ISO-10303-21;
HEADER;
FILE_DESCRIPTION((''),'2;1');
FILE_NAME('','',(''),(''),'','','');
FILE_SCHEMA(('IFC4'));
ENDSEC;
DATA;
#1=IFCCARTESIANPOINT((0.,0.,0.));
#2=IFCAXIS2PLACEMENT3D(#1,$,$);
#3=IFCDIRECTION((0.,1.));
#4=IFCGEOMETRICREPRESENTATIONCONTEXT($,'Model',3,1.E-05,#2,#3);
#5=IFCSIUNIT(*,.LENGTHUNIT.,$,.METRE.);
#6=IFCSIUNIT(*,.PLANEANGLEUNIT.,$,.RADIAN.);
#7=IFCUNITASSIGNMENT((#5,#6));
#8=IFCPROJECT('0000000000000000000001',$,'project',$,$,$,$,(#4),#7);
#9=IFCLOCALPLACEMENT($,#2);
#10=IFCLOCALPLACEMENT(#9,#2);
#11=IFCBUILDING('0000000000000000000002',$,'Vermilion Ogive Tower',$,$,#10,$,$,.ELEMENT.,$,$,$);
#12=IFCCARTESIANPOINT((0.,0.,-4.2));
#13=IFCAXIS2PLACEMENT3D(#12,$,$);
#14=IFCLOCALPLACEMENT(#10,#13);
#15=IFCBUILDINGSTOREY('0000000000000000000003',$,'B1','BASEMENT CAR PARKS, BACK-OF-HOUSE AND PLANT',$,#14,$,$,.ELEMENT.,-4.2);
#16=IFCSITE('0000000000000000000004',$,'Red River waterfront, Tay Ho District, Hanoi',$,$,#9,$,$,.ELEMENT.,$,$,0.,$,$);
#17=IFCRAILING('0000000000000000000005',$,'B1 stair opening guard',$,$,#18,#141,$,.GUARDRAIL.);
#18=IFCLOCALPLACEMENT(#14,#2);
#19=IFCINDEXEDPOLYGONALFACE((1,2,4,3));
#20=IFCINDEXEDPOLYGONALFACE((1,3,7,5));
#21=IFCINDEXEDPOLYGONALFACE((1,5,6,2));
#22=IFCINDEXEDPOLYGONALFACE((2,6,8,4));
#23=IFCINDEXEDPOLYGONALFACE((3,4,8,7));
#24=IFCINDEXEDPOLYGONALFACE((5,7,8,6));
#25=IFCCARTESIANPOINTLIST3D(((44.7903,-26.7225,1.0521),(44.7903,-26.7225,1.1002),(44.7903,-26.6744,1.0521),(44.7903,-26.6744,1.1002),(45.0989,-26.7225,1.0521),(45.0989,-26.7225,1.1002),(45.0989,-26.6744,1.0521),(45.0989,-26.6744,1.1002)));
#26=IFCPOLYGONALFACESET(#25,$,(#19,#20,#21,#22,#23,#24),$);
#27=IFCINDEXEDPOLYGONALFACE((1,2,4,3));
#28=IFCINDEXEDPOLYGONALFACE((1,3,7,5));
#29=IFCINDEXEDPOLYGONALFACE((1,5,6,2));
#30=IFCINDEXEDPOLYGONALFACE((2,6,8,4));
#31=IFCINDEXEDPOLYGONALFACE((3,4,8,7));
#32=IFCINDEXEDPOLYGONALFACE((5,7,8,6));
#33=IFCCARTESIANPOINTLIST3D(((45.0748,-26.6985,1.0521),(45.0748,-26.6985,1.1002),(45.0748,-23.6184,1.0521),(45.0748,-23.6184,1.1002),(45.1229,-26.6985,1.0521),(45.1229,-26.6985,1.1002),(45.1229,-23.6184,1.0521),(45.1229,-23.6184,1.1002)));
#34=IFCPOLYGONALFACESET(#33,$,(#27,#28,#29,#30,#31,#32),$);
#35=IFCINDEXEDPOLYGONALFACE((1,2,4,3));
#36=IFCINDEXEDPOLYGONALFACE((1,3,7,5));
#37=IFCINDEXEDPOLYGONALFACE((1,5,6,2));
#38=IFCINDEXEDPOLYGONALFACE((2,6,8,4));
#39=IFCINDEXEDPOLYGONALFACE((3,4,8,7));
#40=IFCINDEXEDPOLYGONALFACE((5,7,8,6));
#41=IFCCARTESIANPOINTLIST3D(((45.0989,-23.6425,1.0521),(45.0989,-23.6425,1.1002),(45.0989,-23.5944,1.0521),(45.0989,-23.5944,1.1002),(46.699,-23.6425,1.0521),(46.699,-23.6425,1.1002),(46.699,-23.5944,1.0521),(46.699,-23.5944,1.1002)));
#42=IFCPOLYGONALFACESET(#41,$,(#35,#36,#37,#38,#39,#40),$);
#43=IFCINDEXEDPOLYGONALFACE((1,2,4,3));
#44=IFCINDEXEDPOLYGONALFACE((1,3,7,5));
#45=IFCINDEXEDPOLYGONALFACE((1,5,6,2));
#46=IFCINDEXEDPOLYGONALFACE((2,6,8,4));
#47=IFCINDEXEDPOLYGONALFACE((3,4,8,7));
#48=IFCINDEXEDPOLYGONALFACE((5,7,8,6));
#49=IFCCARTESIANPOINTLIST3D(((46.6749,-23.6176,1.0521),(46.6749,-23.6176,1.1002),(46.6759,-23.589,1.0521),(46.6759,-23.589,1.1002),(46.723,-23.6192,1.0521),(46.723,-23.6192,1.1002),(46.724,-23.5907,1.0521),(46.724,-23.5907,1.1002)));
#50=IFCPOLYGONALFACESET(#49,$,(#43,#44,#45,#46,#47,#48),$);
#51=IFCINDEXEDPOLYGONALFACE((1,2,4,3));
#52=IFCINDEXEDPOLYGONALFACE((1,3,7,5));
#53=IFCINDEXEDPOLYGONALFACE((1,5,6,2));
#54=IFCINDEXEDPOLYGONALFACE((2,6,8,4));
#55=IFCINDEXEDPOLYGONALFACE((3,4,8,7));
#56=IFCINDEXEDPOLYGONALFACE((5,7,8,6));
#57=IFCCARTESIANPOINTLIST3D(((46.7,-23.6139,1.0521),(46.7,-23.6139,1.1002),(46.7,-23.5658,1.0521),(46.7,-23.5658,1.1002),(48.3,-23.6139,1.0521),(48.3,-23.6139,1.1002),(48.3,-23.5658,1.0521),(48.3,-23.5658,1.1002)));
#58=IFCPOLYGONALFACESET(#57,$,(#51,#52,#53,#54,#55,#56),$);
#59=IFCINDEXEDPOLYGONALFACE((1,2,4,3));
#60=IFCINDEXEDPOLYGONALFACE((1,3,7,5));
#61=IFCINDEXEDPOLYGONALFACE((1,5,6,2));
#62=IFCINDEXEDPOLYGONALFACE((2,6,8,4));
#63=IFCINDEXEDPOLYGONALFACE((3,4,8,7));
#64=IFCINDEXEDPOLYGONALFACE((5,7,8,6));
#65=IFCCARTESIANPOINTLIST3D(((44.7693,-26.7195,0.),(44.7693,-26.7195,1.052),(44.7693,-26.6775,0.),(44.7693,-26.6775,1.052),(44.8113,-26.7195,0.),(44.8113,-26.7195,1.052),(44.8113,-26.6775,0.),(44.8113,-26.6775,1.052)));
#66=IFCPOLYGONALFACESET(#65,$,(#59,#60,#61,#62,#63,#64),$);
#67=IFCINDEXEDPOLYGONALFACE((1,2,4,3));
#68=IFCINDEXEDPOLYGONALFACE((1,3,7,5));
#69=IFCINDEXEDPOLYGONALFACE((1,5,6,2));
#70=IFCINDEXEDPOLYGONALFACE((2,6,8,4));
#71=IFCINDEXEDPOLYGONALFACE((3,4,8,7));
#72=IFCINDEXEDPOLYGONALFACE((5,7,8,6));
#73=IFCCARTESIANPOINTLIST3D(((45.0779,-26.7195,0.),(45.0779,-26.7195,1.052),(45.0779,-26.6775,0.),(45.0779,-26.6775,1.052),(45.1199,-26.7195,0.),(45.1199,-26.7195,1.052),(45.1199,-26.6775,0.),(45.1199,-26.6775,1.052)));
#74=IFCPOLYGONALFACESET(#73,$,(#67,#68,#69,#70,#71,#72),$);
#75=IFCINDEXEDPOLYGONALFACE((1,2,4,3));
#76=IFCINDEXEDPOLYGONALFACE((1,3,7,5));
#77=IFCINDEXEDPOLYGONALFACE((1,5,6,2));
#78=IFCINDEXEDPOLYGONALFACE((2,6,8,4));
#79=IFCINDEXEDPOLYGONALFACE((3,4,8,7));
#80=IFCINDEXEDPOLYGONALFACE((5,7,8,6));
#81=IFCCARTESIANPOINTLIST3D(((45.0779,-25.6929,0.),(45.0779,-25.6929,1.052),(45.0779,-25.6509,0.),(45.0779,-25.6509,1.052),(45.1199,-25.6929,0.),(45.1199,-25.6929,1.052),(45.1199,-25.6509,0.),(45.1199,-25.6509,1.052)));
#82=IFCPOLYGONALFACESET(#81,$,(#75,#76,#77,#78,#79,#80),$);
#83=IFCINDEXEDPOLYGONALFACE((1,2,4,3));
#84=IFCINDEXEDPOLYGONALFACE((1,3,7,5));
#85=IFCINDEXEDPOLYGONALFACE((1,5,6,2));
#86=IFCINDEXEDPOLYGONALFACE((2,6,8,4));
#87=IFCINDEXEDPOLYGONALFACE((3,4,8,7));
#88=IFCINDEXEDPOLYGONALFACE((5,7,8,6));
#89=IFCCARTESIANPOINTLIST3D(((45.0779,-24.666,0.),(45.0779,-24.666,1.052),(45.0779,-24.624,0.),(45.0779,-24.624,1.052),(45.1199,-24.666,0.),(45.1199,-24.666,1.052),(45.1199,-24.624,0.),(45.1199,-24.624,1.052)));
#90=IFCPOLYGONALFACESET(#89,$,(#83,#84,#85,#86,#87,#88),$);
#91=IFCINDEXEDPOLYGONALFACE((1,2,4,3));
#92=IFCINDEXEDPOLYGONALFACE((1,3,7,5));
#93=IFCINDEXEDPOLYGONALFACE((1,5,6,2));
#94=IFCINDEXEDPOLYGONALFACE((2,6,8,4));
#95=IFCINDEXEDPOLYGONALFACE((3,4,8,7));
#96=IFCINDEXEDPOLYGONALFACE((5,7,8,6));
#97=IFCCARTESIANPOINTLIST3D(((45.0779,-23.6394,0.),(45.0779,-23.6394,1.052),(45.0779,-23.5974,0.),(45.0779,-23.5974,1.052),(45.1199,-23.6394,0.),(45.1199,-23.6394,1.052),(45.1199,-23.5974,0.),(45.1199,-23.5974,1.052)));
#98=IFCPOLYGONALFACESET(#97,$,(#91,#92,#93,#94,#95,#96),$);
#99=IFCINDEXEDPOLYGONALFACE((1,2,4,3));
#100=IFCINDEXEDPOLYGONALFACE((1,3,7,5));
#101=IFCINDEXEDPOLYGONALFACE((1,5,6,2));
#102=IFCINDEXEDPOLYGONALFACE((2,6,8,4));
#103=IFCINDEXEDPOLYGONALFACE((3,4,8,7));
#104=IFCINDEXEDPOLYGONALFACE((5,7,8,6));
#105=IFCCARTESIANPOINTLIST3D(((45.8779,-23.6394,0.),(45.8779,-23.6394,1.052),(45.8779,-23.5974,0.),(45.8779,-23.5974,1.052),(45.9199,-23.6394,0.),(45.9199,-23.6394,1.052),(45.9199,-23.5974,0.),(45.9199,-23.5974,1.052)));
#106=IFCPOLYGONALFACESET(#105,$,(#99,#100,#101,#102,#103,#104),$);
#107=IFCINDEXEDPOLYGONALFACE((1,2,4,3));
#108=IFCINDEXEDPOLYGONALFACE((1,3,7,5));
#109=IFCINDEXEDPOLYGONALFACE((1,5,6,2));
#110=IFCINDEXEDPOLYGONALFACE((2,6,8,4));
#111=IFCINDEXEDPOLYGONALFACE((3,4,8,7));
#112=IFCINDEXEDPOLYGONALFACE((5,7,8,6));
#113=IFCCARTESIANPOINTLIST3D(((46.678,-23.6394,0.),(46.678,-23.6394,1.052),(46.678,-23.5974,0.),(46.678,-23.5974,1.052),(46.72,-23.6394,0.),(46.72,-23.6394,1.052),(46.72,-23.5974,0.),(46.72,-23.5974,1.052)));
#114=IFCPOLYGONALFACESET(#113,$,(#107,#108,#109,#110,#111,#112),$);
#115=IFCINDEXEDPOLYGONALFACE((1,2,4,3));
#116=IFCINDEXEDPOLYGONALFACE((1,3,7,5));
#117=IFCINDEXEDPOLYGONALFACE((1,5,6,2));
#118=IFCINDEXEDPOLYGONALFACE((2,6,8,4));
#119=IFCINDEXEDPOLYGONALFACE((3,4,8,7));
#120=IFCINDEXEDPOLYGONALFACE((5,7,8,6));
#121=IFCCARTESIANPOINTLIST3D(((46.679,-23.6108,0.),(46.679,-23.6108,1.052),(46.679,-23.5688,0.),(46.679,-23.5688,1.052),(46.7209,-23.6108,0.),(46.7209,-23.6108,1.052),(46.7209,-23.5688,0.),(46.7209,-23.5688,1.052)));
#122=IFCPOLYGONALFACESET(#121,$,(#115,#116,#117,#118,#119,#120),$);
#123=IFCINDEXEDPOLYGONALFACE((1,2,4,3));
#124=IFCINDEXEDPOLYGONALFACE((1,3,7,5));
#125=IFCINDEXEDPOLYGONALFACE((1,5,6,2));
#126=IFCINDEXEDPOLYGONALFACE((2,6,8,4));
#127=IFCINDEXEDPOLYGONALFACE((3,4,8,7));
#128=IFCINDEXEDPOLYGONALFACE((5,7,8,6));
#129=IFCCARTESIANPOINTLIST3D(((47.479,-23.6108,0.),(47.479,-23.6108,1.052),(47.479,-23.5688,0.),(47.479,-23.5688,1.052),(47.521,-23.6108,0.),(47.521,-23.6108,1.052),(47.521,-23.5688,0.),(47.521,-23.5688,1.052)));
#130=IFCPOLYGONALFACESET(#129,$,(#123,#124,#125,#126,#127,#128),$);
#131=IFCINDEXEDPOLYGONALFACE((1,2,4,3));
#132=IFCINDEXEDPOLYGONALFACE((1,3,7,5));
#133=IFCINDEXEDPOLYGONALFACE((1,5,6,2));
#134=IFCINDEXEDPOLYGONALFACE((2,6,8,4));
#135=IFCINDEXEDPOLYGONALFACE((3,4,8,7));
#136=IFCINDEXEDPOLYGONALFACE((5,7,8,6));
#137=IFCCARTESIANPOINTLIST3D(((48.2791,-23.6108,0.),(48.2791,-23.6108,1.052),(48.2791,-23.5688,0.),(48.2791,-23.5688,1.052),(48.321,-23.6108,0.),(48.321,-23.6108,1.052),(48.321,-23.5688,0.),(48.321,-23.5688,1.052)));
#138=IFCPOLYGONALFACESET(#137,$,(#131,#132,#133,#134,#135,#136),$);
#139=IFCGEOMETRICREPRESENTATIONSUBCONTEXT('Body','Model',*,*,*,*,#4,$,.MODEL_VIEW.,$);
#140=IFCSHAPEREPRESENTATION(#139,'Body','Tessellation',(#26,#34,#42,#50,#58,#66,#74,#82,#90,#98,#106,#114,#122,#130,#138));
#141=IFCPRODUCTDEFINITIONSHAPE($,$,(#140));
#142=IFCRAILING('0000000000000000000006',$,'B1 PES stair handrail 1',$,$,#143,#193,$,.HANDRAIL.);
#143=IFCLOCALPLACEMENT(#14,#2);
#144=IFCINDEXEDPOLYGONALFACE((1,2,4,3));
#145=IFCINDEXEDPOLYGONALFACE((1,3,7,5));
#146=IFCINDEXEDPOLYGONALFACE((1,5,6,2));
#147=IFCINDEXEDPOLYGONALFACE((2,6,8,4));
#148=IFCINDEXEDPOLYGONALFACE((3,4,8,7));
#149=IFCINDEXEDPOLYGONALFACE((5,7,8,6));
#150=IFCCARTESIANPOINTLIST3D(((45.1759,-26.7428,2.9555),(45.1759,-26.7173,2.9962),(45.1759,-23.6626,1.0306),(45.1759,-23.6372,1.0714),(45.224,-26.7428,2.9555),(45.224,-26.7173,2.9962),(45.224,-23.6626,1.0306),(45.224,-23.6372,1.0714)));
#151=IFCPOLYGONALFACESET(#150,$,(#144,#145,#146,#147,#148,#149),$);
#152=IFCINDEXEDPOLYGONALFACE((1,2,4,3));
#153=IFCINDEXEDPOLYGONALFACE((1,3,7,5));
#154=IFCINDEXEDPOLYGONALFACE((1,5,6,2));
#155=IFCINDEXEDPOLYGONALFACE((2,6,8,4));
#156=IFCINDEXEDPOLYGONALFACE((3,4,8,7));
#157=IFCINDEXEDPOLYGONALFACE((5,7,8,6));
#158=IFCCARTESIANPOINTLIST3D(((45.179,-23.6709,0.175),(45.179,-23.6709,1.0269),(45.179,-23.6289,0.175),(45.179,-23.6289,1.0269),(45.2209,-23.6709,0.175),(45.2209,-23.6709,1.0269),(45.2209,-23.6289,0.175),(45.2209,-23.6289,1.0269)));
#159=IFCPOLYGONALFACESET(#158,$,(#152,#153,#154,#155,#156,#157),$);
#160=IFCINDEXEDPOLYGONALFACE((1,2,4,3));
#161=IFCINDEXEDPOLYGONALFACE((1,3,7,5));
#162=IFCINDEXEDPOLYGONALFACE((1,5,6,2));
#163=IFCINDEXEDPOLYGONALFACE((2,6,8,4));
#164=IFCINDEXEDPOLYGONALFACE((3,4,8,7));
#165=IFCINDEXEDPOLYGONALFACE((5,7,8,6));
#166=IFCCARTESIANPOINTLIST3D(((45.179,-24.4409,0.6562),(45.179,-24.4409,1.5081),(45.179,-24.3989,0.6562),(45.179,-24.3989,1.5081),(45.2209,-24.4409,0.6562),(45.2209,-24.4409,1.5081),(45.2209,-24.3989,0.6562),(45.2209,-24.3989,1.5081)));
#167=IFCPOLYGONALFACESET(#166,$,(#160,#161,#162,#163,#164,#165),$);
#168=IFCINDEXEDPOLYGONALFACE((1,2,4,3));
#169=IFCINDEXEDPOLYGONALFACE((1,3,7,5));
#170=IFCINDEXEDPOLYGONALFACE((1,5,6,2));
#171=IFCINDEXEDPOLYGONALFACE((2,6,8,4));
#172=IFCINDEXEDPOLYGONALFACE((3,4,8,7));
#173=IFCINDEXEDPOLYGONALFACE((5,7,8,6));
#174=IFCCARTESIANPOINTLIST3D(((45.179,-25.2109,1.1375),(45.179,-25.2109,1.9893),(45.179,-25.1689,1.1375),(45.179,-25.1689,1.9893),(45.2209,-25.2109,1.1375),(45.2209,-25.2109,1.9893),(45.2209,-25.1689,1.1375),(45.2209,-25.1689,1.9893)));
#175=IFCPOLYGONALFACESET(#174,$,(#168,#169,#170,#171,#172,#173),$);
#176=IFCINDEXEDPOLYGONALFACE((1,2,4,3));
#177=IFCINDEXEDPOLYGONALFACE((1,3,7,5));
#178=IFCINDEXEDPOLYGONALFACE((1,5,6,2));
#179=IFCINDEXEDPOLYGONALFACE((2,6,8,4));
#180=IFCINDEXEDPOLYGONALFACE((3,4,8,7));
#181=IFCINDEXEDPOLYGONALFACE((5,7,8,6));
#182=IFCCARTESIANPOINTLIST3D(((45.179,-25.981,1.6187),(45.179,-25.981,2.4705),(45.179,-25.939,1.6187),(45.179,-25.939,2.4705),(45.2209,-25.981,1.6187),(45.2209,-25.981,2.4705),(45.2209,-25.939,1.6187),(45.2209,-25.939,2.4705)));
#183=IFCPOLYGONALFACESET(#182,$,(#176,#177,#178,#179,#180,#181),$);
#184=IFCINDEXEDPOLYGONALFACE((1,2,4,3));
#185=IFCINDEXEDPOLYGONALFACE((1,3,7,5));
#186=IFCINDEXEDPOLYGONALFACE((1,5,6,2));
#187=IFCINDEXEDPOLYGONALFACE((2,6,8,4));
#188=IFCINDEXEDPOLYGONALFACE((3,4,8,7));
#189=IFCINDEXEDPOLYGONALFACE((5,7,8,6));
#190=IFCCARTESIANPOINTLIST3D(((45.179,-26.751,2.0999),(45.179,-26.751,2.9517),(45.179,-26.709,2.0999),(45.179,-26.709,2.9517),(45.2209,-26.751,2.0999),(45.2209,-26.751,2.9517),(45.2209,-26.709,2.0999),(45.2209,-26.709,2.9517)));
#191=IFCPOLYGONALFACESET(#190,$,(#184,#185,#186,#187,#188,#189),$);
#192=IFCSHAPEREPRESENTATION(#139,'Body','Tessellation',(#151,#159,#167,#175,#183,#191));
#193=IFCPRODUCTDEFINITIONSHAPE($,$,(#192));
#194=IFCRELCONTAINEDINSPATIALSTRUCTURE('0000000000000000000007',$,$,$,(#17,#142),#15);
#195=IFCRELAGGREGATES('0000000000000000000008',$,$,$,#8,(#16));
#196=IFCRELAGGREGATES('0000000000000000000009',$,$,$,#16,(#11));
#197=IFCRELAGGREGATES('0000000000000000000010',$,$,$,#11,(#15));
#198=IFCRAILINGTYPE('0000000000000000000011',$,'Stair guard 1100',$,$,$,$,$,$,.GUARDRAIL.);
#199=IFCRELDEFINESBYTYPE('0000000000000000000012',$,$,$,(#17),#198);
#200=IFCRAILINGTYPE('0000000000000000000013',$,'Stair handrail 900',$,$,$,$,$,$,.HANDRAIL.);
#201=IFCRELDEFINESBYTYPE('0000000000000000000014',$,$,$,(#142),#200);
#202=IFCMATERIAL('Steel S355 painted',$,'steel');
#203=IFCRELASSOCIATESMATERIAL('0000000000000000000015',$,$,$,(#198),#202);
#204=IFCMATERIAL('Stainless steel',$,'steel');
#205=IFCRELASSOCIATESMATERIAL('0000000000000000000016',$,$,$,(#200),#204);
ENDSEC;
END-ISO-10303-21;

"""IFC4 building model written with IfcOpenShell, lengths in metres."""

from ifc_helpers import new_model, si_unit, direction, frame, origin, origin_2d, place, context, subcontext, project, spatial, rectangle, extrude, material, type_object, element, save


model = new_model("IFC4")

# Units and contexts
model_context = context("Model", 3, precision=1e-05, world=origin(), true_north=direction((0.0, 1.0)))
body_context = subcontext(model_context, "Body", "Model", "MODEL_VIEW")
ifc_project = project(units=[si_unit("LENGTHUNIT", "METRE"), si_unit("PLANEANGLEUNIT", "RADIAN")], contexts=[model_context])

# Site, building, storey
site_placement = place(None, origin())
site = spatial("IfcSite", under=ifc_project, at=site_placement, Name="Red River waterfront, Tay Ho District, Hanoi", CompositionType="ELEMENT", RefElevation=0.0)
building_placement = place(site_placement, origin())
building = spatial("IfcBuilding", under=site, at=building_placement, Name="Vermilion Ogive Tower", CompositionType="ELEMENT")
storey_placement = place(building_placement, frame((0.0, 0.0, -4.2)))
storey = spatial("IfcBuildingStorey", under=building, at=storey_placement, Name="B1", Description="BASEMENT CAR PARKS, BACK-OF-HOUSE AND PLANT", CompositionType="ELEMENT", Elevation=-4.2)

# Railings
ifc_material_1 = material(Name="Steel S355 painted", Category="steel")
railing_type_1 = type_object("IfcRailingType", Name="Stair guard 1100", PredefinedType="GUARDRAIL", material=ifc_material_1)
railing_1_placement = place(storey_placement, frame((44.7903, -26.6985, 0.0)))
element("IfcRailing", 1, at=railing_1_placement, inside=storey, type_object=railing_type_1, Name="B1 stair opening guard", PredefinedType="GUARDRAIL", context=body_context, shape_type="SweptSolid", body=[
    extrude(rectangle(XDim=0.0481, YDim=0.0481, at=origin_2d()), frame((0.0, 0.0, 1.0762), z_axis=(1.0, 0.0, 0.0), x_axis=(0.0, 1.0, 0.0)), (0.0, 0.0, 1.0), 0.3086),
    extrude(rectangle(XDim=0.0481, YDim=0.0481, at=origin_2d()), frame((0.3086, 0.0, 1.0762), z_axis=(0.0, 1.0, 0.0), x_axis=(-1.0, 0.0, 0.0)), (0.0, 0.0, 1.0), 3.0801),
    extrude(rectangle(XDim=0.0481, YDim=0.0481, at=origin_2d()), frame((0.3086, 3.0801, 1.0762), z_axis=(1.0, 0.0, 0.0), x_axis=(0.0, 1.0, 0.0)), (0.0, 0.0, 1.0), 1.6001),
    extrude(rectangle(XDim=0.0481, YDim=0.0481, at=origin_2d()), frame((1.9087, 3.0801, 1.0762), z_axis=(0.034168, 0.999416, 0.0), x_axis=(-0.999416, 0.034168, 0.0)), (0.0, 0.0, 1.0), 0.0286),
    extrude(rectangle(XDim=0.0481, YDim=0.0481, at=origin_2d()), frame((1.9097, 3.1086, 1.0762), z_axis=(1.0, 0.0, 0.0), x_axis=(0.0, 1.0, 0.0)), (0.0, 0.0, 1.0), 1.6001),
    extrude(rectangle(XDim=0.042, YDim=0.042, at=origin_2d()), origin(), (0.0, 0.0, 1.0), 1.052),
    extrude(rectangle(XDim=0.042, YDim=0.042, at=origin_2d()), frame((0.3086, 0.0, 0.0)), (0.0, 0.0, 1.0), 1.052),
    extrude(rectangle(XDim=0.042, YDim=0.042, at=origin_2d()), frame((0.3086, 1.0266, 0.0)), (0.0, 0.0, 1.0), 1.052),
    extrude(rectangle(XDim=0.042, YDim=0.042, at=origin_2d()), frame((0.3086, 2.0535, 0.0)), (0.0, 0.0, 1.0), 1.052),
    extrude(rectangle(XDim=0.042, YDim=0.042, at=origin_2d()), frame((0.3086, 3.0801, 0.0)), (0.0, 0.0, 1.0), 1.052),
    extrude(rectangle(XDim=0.042, YDim=0.042, at=origin_2d()), frame((1.1086, 3.0801, 0.0)), (0.0, 0.0, 1.0), 1.052),
    extrude(rectangle(XDim=0.042, YDim=0.042, at=origin_2d()), frame((1.9087, 3.0801, 0.0)), (0.0, 0.0, 1.0), 1.052),
    extrude(rectangle(XDim=0.042, YDim=0.042, at=origin_2d()), frame((1.9097, 3.1086, 0.0)), (0.0, 0.0, 1.0), 1.052),
    extrude(rectangle(XDim=0.042, YDim=0.042, at=origin_2d()), frame((2.7097, 3.1086, 0.0)), (0.0, 0.0, 1.0), 1.052),
    extrude(rectangle(XDim=0.042, YDim=0.042, at=origin_2d()), frame((3.5098, 3.1086, 0.0)), (0.0, 0.0, 1.0), 1.052),
])
ifc_material_2 = material(Name="Stainless steel", Category="steel")
railing_type_2 = type_object("IfcRailingType", Name="Stair handrail 900", PredefinedType="HANDRAIL", material=ifc_material_2)
railing_2_placement = place(storey_placement, frame((45.2, -23.6499, 0.175)))
element("IfcRailing", 2, at=railing_2_placement, inside=storey, type_object=railing_type_2, Name="B1 PES stair handrail 1", PredefinedType="HANDRAIL", context=body_context, shape_type="SweptSolid", body=[
    extrude(rectangle(XDim=0.0481, YDim=0.0481, at=origin_2d()), frame((0.0, 0.0, 0.876), z_axis=(0.0, -0.848029, 0.529951), x_axis=(1.0, 0.0, 0.0)), (0.0, 0.0, 1.0), 3.6321),
    extrude(rectangle(XDim=0.042, YDim=0.042, at=origin_2d()), origin(), (0.0, 0.0, 1.0), 0.8518),
    extrude(rectangle(XDim=0.042, YDim=0.042, at=origin_2d()), frame((0.0, -0.77, 0.4812)), (0.0, 0.0, 1.0), 0.8518),
    extrude(rectangle(XDim=0.042, YDim=0.042, at=origin_2d()), frame((0.0, -1.54, 0.9624)), (0.0, 0.0, 1.0), 0.8518),
    extrude(rectangle(XDim=0.042, YDim=0.042, at=origin_2d()), frame((0.0, -2.3101, 1.4436)), (0.0, 0.0, 1.0), 0.8518),
    extrude(rectangle(XDim=0.042, YDim=0.042, at=origin_2d()), frame((0.0, -3.0801, 1.9248)), (0.0, 0.0, 1.0), 0.8518),
])

save(model, "model.ifc")
